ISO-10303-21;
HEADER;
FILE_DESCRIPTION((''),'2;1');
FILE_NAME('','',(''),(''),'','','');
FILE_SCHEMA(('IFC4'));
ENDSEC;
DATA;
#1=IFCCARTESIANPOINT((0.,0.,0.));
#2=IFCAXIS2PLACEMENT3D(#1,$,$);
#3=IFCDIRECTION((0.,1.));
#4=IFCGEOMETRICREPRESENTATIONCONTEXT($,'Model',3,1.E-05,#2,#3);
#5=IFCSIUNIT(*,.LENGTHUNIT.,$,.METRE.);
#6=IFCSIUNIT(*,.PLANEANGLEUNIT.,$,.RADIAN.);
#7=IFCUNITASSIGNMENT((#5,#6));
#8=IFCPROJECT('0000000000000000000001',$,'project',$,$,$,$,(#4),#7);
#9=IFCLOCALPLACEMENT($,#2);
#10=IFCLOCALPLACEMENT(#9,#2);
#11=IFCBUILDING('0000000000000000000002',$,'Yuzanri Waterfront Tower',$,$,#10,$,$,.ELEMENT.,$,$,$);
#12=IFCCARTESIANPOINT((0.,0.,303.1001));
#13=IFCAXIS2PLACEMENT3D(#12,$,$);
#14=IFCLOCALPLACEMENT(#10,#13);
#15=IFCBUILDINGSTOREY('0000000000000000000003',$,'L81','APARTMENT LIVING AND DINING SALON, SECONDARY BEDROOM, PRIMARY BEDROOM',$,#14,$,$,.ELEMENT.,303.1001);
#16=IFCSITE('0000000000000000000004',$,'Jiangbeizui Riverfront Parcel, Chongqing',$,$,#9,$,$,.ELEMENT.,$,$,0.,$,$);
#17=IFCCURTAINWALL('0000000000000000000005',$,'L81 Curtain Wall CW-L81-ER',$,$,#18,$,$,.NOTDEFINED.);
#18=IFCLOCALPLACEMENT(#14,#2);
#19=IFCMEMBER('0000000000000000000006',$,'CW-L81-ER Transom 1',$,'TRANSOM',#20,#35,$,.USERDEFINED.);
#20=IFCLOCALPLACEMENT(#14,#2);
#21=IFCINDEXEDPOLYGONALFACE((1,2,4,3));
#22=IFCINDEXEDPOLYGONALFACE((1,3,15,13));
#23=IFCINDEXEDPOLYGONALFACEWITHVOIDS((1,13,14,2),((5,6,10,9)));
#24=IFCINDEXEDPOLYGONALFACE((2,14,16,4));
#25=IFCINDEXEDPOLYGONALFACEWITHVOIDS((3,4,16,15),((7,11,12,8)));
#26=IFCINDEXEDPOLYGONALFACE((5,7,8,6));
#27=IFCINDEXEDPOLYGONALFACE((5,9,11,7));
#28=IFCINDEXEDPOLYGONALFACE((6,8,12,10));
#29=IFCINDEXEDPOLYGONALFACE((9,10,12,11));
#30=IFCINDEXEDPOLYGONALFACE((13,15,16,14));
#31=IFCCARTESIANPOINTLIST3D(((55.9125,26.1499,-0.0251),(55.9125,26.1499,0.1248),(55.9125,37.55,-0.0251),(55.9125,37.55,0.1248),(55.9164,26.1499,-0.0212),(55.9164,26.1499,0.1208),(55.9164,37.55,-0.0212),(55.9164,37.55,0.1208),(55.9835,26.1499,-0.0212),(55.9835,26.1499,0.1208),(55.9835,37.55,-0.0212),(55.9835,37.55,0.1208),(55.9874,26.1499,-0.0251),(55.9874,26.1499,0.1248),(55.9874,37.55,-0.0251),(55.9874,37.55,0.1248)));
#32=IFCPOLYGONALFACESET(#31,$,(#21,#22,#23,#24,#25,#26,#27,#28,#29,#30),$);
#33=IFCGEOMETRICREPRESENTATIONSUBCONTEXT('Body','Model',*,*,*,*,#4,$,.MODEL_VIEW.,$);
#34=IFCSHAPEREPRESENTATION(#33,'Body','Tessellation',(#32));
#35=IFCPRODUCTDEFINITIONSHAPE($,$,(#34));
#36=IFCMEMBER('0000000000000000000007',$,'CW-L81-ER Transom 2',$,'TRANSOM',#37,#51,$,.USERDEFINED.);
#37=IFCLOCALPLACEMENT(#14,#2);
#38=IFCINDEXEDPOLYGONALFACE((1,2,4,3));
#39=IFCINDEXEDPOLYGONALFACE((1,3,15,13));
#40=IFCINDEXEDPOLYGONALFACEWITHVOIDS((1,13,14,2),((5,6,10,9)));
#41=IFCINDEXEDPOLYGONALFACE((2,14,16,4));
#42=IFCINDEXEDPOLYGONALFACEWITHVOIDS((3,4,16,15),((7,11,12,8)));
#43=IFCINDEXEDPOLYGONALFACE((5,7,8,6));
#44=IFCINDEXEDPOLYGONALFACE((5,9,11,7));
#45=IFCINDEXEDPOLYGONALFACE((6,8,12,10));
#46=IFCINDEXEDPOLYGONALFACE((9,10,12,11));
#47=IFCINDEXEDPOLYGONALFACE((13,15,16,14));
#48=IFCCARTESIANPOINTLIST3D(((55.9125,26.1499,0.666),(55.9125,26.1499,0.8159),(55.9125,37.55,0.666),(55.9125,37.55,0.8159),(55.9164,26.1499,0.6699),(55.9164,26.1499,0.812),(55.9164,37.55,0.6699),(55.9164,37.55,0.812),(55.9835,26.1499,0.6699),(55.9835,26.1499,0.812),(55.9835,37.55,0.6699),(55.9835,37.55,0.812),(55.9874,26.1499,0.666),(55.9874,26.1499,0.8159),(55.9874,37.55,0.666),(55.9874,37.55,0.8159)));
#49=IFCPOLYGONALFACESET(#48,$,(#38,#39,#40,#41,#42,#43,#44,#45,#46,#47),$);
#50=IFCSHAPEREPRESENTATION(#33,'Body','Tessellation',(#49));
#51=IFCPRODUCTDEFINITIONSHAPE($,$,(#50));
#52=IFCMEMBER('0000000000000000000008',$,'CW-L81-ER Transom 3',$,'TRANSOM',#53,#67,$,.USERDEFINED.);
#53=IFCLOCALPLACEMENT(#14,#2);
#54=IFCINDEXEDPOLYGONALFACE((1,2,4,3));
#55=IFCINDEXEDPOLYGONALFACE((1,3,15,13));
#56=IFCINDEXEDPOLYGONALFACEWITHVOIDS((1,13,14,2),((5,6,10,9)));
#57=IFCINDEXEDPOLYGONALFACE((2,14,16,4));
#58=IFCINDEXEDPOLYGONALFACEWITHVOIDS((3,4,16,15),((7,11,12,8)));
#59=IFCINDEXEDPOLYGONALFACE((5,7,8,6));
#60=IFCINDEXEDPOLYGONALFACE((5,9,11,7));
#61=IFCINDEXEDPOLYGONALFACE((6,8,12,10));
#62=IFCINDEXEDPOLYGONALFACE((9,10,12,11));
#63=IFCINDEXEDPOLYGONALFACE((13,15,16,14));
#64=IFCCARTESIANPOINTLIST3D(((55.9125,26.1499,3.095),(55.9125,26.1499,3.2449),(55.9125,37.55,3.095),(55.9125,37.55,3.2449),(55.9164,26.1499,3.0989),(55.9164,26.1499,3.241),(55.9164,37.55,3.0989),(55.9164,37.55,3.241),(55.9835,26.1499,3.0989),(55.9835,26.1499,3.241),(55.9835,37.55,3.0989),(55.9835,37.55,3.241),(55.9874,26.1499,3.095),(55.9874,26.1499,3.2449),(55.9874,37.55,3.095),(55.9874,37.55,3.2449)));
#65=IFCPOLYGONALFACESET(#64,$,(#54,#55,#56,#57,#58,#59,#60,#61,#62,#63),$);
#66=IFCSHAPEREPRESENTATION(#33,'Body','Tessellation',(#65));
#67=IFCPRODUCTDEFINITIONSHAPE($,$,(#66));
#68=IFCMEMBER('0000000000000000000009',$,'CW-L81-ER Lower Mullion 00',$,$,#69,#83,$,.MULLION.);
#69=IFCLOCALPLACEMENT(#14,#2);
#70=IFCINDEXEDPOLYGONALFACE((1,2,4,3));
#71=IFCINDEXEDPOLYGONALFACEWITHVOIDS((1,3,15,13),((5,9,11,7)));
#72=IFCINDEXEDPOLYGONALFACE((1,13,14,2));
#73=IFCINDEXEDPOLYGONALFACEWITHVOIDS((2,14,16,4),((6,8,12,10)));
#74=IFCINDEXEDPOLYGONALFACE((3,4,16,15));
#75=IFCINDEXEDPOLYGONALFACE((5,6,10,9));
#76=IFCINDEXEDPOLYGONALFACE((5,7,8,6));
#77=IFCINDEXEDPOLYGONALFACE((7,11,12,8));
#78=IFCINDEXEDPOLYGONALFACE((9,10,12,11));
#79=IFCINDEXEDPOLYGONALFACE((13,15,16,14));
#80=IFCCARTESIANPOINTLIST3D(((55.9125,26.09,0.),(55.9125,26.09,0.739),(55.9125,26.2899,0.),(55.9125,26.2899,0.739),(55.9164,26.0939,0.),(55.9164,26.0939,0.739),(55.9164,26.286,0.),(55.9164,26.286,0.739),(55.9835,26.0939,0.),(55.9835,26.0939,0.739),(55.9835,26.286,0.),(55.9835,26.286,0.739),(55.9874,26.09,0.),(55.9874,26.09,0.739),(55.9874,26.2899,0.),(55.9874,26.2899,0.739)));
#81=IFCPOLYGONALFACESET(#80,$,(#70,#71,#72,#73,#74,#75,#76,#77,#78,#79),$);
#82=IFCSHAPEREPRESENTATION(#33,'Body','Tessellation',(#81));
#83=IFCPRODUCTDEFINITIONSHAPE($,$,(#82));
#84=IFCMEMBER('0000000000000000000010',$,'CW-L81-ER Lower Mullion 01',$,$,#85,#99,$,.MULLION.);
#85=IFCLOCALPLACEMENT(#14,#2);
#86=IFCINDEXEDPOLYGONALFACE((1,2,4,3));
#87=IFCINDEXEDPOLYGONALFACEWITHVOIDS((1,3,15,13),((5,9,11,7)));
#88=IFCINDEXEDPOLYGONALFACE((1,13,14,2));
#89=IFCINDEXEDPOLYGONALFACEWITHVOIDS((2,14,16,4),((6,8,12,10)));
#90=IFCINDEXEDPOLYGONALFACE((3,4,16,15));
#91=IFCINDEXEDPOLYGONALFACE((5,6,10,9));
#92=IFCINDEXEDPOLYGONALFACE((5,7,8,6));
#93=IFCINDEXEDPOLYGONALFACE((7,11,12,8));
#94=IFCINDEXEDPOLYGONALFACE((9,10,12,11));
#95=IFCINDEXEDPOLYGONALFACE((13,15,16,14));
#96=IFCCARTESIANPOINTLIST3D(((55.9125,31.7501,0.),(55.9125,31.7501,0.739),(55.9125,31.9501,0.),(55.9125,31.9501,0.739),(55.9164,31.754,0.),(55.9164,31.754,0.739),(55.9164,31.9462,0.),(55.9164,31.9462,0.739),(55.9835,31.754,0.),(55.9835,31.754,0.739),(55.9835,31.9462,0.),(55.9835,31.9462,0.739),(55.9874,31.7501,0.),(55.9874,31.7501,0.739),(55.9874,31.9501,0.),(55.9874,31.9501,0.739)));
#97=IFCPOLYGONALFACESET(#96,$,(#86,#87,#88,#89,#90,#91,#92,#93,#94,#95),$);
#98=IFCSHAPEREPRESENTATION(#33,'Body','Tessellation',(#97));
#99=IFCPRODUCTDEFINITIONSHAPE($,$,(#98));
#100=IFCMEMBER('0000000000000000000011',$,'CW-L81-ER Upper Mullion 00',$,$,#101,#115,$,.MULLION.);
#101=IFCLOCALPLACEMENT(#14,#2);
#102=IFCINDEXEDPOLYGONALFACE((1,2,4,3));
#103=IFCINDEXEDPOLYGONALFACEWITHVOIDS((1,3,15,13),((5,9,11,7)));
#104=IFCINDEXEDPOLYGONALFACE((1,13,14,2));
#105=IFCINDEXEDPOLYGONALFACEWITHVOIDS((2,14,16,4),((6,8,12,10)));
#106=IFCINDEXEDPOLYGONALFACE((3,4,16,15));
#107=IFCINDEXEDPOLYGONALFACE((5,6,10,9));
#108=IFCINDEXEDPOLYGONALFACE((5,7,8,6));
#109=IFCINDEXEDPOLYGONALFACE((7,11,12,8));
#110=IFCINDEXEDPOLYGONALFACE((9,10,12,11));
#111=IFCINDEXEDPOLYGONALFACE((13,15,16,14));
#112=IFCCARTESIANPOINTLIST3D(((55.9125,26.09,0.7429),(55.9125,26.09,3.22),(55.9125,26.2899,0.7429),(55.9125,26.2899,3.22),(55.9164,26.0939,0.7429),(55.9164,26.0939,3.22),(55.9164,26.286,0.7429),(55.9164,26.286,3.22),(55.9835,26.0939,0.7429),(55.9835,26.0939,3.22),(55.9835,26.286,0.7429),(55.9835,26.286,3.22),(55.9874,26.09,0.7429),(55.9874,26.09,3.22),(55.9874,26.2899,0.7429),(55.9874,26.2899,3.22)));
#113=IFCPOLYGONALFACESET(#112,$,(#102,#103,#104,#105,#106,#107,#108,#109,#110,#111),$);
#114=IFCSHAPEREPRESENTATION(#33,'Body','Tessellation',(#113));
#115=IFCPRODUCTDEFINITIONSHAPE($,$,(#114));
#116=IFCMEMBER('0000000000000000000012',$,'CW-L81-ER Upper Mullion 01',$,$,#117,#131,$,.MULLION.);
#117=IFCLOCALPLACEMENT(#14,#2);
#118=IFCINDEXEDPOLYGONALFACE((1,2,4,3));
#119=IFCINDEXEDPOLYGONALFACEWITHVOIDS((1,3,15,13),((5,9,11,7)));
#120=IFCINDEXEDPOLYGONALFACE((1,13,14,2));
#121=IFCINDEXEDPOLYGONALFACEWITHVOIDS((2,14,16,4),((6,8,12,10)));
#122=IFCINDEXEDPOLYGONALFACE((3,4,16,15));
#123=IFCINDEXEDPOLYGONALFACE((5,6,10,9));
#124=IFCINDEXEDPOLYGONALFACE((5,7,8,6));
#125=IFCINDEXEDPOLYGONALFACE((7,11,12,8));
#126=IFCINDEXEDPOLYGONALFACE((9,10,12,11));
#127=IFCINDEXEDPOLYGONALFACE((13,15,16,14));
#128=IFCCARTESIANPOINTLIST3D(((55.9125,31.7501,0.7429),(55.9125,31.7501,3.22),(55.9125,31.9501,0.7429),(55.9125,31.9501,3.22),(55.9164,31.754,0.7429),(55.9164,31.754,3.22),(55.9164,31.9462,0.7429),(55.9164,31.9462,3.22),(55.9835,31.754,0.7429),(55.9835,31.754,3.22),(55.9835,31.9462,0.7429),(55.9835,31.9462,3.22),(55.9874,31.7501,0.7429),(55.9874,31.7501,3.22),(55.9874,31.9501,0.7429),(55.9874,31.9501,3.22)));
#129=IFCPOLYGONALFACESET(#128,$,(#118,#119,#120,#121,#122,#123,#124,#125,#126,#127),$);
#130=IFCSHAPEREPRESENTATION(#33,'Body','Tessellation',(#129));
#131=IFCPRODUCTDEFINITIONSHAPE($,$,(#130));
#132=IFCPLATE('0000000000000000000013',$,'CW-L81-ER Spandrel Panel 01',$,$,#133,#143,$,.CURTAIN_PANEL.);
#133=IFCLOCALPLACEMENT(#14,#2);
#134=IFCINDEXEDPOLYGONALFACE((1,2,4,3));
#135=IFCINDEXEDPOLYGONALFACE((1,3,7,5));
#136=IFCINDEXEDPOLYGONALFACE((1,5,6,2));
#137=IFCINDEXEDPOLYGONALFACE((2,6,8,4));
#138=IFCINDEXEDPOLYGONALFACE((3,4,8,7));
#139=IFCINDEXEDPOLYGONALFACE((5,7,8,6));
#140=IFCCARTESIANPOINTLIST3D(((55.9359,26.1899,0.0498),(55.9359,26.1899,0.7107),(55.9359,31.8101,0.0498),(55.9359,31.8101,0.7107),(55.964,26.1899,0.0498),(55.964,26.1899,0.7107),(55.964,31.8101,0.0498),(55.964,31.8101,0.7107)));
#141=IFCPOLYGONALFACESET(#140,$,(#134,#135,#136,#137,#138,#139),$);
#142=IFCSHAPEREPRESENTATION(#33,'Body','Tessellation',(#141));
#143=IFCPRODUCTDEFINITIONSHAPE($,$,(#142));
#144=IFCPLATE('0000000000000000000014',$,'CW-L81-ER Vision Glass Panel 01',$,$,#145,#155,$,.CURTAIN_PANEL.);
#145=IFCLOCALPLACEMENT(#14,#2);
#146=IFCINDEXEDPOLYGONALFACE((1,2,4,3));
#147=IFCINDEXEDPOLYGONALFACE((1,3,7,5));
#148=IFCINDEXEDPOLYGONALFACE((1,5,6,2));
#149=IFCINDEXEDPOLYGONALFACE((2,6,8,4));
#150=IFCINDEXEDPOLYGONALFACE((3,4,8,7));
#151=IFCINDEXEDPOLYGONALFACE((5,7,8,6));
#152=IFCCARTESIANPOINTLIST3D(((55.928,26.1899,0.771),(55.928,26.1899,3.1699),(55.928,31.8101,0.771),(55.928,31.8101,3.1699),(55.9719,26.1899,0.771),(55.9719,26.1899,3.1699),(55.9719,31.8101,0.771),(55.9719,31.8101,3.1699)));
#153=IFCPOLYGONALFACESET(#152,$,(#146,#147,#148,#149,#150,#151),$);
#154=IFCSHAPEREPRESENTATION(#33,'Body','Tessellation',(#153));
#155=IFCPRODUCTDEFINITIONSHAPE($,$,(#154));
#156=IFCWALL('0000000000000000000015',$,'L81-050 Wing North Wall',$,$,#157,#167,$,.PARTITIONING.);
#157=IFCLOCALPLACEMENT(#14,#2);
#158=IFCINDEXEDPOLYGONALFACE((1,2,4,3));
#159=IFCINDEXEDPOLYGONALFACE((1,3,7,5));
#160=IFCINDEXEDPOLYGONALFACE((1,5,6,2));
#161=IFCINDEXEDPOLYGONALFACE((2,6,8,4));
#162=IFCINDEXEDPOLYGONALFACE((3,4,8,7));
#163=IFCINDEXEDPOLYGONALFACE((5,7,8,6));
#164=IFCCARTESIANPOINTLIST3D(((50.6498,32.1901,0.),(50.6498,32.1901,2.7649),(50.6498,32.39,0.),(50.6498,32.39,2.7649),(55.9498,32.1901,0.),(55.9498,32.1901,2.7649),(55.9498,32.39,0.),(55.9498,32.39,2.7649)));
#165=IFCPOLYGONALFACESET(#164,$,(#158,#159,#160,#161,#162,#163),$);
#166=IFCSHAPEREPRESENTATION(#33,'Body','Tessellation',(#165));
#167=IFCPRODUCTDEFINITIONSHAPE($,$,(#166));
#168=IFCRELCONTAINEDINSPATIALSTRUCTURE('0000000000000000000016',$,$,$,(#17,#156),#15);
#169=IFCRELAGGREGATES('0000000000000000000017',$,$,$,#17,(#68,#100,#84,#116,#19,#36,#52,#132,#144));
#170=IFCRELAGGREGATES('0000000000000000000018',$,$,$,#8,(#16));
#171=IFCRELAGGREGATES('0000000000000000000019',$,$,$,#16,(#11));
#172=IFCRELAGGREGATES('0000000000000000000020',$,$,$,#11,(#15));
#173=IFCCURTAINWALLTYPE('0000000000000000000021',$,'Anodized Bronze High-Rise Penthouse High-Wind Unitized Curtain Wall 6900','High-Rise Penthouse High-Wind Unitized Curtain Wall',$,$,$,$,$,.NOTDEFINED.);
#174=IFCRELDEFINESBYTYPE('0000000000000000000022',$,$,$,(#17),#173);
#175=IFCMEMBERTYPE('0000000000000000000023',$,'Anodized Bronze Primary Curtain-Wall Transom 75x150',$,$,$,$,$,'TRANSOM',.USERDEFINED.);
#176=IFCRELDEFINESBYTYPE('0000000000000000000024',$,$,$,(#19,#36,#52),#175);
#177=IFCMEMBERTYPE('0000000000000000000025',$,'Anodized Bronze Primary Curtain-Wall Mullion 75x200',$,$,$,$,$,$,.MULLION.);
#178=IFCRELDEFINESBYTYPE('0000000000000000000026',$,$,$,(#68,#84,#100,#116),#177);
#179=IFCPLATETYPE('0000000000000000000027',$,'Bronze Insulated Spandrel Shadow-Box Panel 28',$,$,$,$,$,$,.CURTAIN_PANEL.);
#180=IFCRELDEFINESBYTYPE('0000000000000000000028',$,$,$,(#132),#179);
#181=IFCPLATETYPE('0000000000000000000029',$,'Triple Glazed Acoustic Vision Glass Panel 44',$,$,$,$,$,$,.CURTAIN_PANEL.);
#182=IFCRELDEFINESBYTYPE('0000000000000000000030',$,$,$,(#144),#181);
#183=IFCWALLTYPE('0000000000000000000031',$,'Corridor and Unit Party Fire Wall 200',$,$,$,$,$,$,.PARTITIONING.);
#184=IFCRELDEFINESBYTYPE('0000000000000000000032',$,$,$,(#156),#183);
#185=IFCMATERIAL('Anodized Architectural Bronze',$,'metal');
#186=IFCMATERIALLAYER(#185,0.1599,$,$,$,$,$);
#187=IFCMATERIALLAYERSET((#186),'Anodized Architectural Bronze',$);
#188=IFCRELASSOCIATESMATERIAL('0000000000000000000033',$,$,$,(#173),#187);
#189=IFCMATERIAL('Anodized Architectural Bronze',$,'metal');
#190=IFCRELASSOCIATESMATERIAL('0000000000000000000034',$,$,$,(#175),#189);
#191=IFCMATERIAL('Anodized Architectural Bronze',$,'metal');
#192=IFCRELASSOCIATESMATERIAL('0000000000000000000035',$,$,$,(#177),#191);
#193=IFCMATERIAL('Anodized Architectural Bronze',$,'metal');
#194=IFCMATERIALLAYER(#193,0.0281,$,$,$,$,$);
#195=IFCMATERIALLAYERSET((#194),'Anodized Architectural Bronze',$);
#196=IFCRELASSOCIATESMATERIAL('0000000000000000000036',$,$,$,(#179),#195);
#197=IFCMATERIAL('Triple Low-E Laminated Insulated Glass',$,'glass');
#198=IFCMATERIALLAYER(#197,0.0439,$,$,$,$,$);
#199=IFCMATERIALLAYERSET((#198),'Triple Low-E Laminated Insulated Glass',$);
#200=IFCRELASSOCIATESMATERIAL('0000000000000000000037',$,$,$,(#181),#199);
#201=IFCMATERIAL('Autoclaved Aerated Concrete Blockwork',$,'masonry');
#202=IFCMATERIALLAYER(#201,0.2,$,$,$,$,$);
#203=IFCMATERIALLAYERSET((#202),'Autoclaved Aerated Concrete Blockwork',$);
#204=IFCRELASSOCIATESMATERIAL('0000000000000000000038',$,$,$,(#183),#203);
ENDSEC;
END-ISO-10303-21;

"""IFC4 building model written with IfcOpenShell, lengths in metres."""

from ifc_helpers import new_model, si_unit, direction, frame, frame_2d, origin, origin_2d, place, context, subcontext, project, spatial, rectangle, hollow_rectangle, extrude, source, transform, mapped, material, layer, layer_set, material_profile, profile_set, type_object, element, aggregate, save


model = new_model("IFC4")

# Units and contexts
model_context = context("Model", 3, precision=1e-05, world=origin(), true_north=direction((0.0, 1.0)))
body_context = subcontext(model_context, "Body", "Model", "MODEL_VIEW")
ifc_project = project(units=[si_unit("LENGTHUNIT", "METRE"), si_unit("PLANEANGLEUNIT", "RADIAN")], contexts=[model_context])

# Site, building, storey
site_placement = place(None, origin())
site = spatial("IfcSite", under=ifc_project, at=site_placement, Name="Jiangbeizui Riverfront Parcel, Chongqing", CompositionType="ELEMENT", RefElevation=0.0)
building_placement = place(site_placement, origin())
building = spatial("IfcBuilding", under=site, at=building_placement, Name="Yuzanri Waterfront Tower", CompositionType="ELEMENT")
storey_placement = place(building_placement, frame((0.0, 0.0, 303.1001)))
storey = spatial("IfcBuildingStorey", under=building, at=storey_placement, Name="L81", Description="APARTMENT LIVING AND DINING SALON, SECONDARY BEDROOM, PRIMARY BEDROOM", CompositionType="ELEMENT", Elevation=303.1001)

# Curtain wall, members, plates
ifc_material_1 = material(Name="Anodized Architectural Bronze", Category="metal")
ifc_layer_1 = layer(ifc_material_1, 0.1599)
ifc_layer_set_1 = layer_set([ifc_layer_1], Name="Anodized Architectural Bronze")
curtain_wall_type = type_object("IfcCurtainWallType", Name="Anodized Bronze High-Rise Penthouse High-Wind Unitized Curtain Wall 6900", Description="High-Rise Penthouse High-Wind Unitized Curtain Wall", PredefinedType="NOTDEFINED", material=ifc_layer_set_1)
curtain_wall_placement = place(storey_placement, origin())
curtain_wall = element("IfcCurtainWall", 1, at=curtain_wall_placement, inside=storey, type_object=curtain_wall_type, Name="L81 Curtain Wall CW-L81-ER", PredefinedType="NOTDEFINED")
ifc_material_2 = material(Name="Anodized Architectural Bronze", Category="metal")
ifc_material_profile_1 = material_profile(ifc_material_2, hollow_rectangle(XDim=0.075, YDim=0.1499, WallThickness=0.0039, at=origin_2d()), Name="CWT 75x150")
ifc_profile_set_1 = profile_set([ifc_material_profile_1], Name="Anodized Architectural Bronze")
member_type_1 = type_object("IfcMemberType", Name="Anodized Bronze Primary Curtain-Wall Transom 75x150", ElementType="TRANSOM", PredefinedType="USERDEFINED", material=ifc_profile_set_1)
shared_shape_1 = source(origin(), body_context, "Body", "SweptSolid", [
    extrude(hollow_rectangle(XDim=0.075, YDim=0.1499, WallThickness=0.0039, at=origin_2d()), origin(), (0.0, 0.0, 1.0), 11.4001),
])
member_1_placement = place(storey_placement, frame((55.95, 26.1499, 0.0498), z_axis=(0.0, 1.0, 0.0), x_axis=(-1.0, 0.0, 0.0)))
member_1 = element("IfcMember", 2, at=member_1_placement, type_object=member_type_1, Name="CW-L81-ER Transom 1", ObjectType="TRANSOM", PredefinedType="USERDEFINED", context=body_context, shape_type="MappedRepresentation", body=[
    mapped(shared_shape_1, transform((0.0, 0.0, 0.0), scale=1.0)),
])
member_2_placement = place(storey_placement, frame((55.95, 26.1499, 0.741), z_axis=(0.0, 1.0, 0.0), x_axis=(-1.0, 0.0, 0.0)))
member_2 = element("IfcMember", 3, at=member_2_placement, type_object=member_type_1, Name="CW-L81-ER Transom 2", ObjectType="TRANSOM", PredefinedType="USERDEFINED", context=body_context, shape_type="MappedRepresentation", body=[
    mapped(shared_shape_1, transform((0.0, 0.0, 0.0), scale=1.0)),
])
member_3_placement = place(storey_placement, frame((55.95, 26.1499, 3.1699), z_axis=(0.0, 1.0, 0.0), x_axis=(-1.0, 0.0, 0.0)))
member_3 = element("IfcMember", 4, at=member_3_placement, type_object=member_type_1, Name="CW-L81-ER Transom 3", ObjectType="TRANSOM", PredefinedType="USERDEFINED", context=body_context, shape_type="MappedRepresentation", body=[
    mapped(shared_shape_1, transform((0.0, 0.0, 0.0), scale=1.0)),
])
ifc_material_3 = material(Name="Anodized Architectural Bronze", Category="metal")
ifc_material_profile_2 = material_profile(ifc_material_3, hollow_rectangle(XDim=0.075, YDim=0.2, WallThickness=0.0039, at=origin_2d()), Name="CWM 75x200")
ifc_profile_set_2 = profile_set([ifc_material_profile_2], Name="Anodized Architectural Bronze")
member_type_2 = type_object("IfcMemberType", Name="Anodized Bronze Primary Curtain-Wall Mullion 75x200", PredefinedType="MULLION", material=ifc_profile_set_2)
shared_shape_2 = source(origin(), body_context, "Body", "SweptSolid", [
    extrude(hollow_rectangle(XDim=0.075, YDim=0.2, WallThickness=0.0039, at=origin_2d()), origin(), (0.0, 0.0, 1.0), 0.739),
])
member_4_placement = place(storey_placement, frame((55.95, 26.1899, 0.0), z_axis=(0.0, 0.0, 1.0), x_axis=(1.0, 0.0, 0.0)))
member_4 = element("IfcMember", 5, at=member_4_placement, type_object=member_type_2, Name="CW-L81-ER Lower Mullion 00", PredefinedType="MULLION", context=body_context, shape_type="MappedRepresentation", body=[
    mapped(shared_shape_2, transform((0.0, 0.0, 0.0), scale=1.0)),
])
member_5_placement = place(storey_placement, frame((55.95, 31.8501, 0.0), z_axis=(0.0, 0.0, 1.0), x_axis=(1.0, 0.0, 0.0)))
member_5 = element("IfcMember", 6, at=member_5_placement, type_object=member_type_2, Name="CW-L81-ER Lower Mullion 01", PredefinedType="MULLION", context=body_context, shape_type="MappedRepresentation", body=[
    mapped(shared_shape_2, transform((0.0, 0.0, 0.0), scale=1.0)),
])
shared_shape_3 = source(origin(), body_context, "Body", "SweptSolid", [
    extrude(hollow_rectangle(XDim=0.075, YDim=0.2, WallThickness=0.0039, at=origin_2d()), origin(), (0.0, 0.0, 1.0), 2.4771),
])
member_6_placement = place(storey_placement, frame((55.95, 26.1899, 0.7429), z_axis=(0.0, 0.0, 1.0), x_axis=(1.0, 0.0, 0.0)))
member_6 = element("IfcMember", 7, at=member_6_placement, type_object=member_type_2, Name="CW-L81-ER Upper Mullion 00", PredefinedType="MULLION", context=body_context, shape_type="MappedRepresentation", body=[
    mapped(shared_shape_3, transform((0.0, 0.0, 0.0), scale=1.0)),
])
member_7_placement = place(storey_placement, frame((55.95, 31.8501, 0.7429), z_axis=(0.0, 0.0, 1.0), x_axis=(1.0, 0.0, 0.0)))
member_7 = element("IfcMember", 8, at=member_7_placement, type_object=member_type_2, Name="CW-L81-ER Upper Mullion 01", PredefinedType="MULLION", context=body_context, shape_type="MappedRepresentation", body=[
    mapped(shared_shape_3, transform((0.0, 0.0, 0.0), scale=1.0)),
])
ifc_material_4 = material(Name="Anodized Architectural Bronze", Category="metal")
ifc_layer_2 = layer(ifc_material_4, 0.0281)
ifc_layer_set_2 = layer_set([ifc_layer_2], Name="Anodized Architectural Bronze")
plate_type_1 = type_object("IfcPlateType", Name="Bronze Insulated Spandrel Shadow-Box Panel 28", PredefinedType="CURTAIN_PANEL", material=ifc_layer_set_2)
shared_shape_4 = source(origin(), body_context, "Body", "SweptSolid", [
    extrude(rectangle(XDim=5.6201, YDim=0.0281, at=origin_2d()), origin(), (0.0, 0.0, 1.0), 0.6609),
])
plate_1_placement = place(storey_placement, frame((55.95, 29.0, 0.0498), z_axis=(0.0, 0.0, 1.0), x_axis=(0.0, 1.0, 0.0)))
plate_1 = element("IfcPlate", 9, at=plate_1_placement, type_object=plate_type_1, Name="CW-L81-ER Spandrel Panel 01", PredefinedType="CURTAIN_PANEL", context=body_context, shape_type="MappedRepresentation", body=[
    mapped(shared_shape_4, transform((0.0, 0.0, 0.0), scale=1.0)),
])
ifc_material_5 = material(Name="Triple Low-E Laminated Insulated Glass", Category="glass")
ifc_layer_3 = layer(ifc_material_5, 0.0439)
ifc_layer_set_3 = layer_set([ifc_layer_3], Name="Triple Low-E Laminated Insulated Glass")
plate_type_2 = type_object("IfcPlateType", Name="Triple Glazed Acoustic Vision Glass Panel 44", PredefinedType="CURTAIN_PANEL", material=ifc_layer_set_3)
shared_shape_5 = source(origin(), body_context, "Body", "SweptSolid", [
    extrude(rectangle(XDim=5.6201, YDim=0.0439, at=origin_2d()), origin(), (0.0, 0.0, 1.0), 2.3989),
])
plate_2_placement = place(storey_placement, frame((55.95, 29.0, 0.771), z_axis=(0.0, 0.0, 1.0), x_axis=(0.0, 1.0, 0.0)))
plate_2 = element("IfcPlate", 10, at=plate_2_placement, type_object=plate_type_2, Name="CW-L81-ER Vision Glass Panel 01", PredefinedType="CURTAIN_PANEL", context=body_context, shape_type="MappedRepresentation", body=[
    mapped(shared_shape_5, transform((0.0, 0.0, 0.0), scale=1.0)),
])
aggregate(curtain_wall, [member_4, member_6, member_5, member_7, member_1, member_2, member_3, plate_1, plate_2])

# Wall
ifc_material_6 = material(Name="Autoclaved Aerated Concrete Blockwork", Category="masonry")
ifc_layer_4 = layer(ifc_material_6, 0.2)
ifc_layer_set_4 = layer_set([ifc_layer_4], Name="Autoclaved Aerated Concrete Blockwork")
wall_type = type_object("IfcWallType", Name="Corridor and Unit Party Fire Wall 200", PredefinedType="PARTITIONING", material=ifc_layer_set_4)
shared_shape_6 = source(origin(), body_context, "Body", "SweptSolid", [
    extrude(rectangle(XDim=5.3, YDim=0.2, at=frame_2d((2.6499, 0.0))), origin(), (0.0, 0.0, 1.0), 2.7649),
])
wall_placement = place(storey_placement, frame((50.6499, 32.29, 0.0), z_axis=(0.0, 0.0, 1.0), x_axis=(1.0, 0.0, 0.0)))
element("IfcWall", 11, at=wall_placement, inside=storey, type_object=wall_type, Name="L81-050 Wing North Wall", PredefinedType="PARTITIONING", context=body_context, shape_type="MappedRepresentation", body=[
    mapped(shared_shape_6, transform((0.0, 0.0, 0.0), scale=1.0)),
])

save(model, "model.ifc")
